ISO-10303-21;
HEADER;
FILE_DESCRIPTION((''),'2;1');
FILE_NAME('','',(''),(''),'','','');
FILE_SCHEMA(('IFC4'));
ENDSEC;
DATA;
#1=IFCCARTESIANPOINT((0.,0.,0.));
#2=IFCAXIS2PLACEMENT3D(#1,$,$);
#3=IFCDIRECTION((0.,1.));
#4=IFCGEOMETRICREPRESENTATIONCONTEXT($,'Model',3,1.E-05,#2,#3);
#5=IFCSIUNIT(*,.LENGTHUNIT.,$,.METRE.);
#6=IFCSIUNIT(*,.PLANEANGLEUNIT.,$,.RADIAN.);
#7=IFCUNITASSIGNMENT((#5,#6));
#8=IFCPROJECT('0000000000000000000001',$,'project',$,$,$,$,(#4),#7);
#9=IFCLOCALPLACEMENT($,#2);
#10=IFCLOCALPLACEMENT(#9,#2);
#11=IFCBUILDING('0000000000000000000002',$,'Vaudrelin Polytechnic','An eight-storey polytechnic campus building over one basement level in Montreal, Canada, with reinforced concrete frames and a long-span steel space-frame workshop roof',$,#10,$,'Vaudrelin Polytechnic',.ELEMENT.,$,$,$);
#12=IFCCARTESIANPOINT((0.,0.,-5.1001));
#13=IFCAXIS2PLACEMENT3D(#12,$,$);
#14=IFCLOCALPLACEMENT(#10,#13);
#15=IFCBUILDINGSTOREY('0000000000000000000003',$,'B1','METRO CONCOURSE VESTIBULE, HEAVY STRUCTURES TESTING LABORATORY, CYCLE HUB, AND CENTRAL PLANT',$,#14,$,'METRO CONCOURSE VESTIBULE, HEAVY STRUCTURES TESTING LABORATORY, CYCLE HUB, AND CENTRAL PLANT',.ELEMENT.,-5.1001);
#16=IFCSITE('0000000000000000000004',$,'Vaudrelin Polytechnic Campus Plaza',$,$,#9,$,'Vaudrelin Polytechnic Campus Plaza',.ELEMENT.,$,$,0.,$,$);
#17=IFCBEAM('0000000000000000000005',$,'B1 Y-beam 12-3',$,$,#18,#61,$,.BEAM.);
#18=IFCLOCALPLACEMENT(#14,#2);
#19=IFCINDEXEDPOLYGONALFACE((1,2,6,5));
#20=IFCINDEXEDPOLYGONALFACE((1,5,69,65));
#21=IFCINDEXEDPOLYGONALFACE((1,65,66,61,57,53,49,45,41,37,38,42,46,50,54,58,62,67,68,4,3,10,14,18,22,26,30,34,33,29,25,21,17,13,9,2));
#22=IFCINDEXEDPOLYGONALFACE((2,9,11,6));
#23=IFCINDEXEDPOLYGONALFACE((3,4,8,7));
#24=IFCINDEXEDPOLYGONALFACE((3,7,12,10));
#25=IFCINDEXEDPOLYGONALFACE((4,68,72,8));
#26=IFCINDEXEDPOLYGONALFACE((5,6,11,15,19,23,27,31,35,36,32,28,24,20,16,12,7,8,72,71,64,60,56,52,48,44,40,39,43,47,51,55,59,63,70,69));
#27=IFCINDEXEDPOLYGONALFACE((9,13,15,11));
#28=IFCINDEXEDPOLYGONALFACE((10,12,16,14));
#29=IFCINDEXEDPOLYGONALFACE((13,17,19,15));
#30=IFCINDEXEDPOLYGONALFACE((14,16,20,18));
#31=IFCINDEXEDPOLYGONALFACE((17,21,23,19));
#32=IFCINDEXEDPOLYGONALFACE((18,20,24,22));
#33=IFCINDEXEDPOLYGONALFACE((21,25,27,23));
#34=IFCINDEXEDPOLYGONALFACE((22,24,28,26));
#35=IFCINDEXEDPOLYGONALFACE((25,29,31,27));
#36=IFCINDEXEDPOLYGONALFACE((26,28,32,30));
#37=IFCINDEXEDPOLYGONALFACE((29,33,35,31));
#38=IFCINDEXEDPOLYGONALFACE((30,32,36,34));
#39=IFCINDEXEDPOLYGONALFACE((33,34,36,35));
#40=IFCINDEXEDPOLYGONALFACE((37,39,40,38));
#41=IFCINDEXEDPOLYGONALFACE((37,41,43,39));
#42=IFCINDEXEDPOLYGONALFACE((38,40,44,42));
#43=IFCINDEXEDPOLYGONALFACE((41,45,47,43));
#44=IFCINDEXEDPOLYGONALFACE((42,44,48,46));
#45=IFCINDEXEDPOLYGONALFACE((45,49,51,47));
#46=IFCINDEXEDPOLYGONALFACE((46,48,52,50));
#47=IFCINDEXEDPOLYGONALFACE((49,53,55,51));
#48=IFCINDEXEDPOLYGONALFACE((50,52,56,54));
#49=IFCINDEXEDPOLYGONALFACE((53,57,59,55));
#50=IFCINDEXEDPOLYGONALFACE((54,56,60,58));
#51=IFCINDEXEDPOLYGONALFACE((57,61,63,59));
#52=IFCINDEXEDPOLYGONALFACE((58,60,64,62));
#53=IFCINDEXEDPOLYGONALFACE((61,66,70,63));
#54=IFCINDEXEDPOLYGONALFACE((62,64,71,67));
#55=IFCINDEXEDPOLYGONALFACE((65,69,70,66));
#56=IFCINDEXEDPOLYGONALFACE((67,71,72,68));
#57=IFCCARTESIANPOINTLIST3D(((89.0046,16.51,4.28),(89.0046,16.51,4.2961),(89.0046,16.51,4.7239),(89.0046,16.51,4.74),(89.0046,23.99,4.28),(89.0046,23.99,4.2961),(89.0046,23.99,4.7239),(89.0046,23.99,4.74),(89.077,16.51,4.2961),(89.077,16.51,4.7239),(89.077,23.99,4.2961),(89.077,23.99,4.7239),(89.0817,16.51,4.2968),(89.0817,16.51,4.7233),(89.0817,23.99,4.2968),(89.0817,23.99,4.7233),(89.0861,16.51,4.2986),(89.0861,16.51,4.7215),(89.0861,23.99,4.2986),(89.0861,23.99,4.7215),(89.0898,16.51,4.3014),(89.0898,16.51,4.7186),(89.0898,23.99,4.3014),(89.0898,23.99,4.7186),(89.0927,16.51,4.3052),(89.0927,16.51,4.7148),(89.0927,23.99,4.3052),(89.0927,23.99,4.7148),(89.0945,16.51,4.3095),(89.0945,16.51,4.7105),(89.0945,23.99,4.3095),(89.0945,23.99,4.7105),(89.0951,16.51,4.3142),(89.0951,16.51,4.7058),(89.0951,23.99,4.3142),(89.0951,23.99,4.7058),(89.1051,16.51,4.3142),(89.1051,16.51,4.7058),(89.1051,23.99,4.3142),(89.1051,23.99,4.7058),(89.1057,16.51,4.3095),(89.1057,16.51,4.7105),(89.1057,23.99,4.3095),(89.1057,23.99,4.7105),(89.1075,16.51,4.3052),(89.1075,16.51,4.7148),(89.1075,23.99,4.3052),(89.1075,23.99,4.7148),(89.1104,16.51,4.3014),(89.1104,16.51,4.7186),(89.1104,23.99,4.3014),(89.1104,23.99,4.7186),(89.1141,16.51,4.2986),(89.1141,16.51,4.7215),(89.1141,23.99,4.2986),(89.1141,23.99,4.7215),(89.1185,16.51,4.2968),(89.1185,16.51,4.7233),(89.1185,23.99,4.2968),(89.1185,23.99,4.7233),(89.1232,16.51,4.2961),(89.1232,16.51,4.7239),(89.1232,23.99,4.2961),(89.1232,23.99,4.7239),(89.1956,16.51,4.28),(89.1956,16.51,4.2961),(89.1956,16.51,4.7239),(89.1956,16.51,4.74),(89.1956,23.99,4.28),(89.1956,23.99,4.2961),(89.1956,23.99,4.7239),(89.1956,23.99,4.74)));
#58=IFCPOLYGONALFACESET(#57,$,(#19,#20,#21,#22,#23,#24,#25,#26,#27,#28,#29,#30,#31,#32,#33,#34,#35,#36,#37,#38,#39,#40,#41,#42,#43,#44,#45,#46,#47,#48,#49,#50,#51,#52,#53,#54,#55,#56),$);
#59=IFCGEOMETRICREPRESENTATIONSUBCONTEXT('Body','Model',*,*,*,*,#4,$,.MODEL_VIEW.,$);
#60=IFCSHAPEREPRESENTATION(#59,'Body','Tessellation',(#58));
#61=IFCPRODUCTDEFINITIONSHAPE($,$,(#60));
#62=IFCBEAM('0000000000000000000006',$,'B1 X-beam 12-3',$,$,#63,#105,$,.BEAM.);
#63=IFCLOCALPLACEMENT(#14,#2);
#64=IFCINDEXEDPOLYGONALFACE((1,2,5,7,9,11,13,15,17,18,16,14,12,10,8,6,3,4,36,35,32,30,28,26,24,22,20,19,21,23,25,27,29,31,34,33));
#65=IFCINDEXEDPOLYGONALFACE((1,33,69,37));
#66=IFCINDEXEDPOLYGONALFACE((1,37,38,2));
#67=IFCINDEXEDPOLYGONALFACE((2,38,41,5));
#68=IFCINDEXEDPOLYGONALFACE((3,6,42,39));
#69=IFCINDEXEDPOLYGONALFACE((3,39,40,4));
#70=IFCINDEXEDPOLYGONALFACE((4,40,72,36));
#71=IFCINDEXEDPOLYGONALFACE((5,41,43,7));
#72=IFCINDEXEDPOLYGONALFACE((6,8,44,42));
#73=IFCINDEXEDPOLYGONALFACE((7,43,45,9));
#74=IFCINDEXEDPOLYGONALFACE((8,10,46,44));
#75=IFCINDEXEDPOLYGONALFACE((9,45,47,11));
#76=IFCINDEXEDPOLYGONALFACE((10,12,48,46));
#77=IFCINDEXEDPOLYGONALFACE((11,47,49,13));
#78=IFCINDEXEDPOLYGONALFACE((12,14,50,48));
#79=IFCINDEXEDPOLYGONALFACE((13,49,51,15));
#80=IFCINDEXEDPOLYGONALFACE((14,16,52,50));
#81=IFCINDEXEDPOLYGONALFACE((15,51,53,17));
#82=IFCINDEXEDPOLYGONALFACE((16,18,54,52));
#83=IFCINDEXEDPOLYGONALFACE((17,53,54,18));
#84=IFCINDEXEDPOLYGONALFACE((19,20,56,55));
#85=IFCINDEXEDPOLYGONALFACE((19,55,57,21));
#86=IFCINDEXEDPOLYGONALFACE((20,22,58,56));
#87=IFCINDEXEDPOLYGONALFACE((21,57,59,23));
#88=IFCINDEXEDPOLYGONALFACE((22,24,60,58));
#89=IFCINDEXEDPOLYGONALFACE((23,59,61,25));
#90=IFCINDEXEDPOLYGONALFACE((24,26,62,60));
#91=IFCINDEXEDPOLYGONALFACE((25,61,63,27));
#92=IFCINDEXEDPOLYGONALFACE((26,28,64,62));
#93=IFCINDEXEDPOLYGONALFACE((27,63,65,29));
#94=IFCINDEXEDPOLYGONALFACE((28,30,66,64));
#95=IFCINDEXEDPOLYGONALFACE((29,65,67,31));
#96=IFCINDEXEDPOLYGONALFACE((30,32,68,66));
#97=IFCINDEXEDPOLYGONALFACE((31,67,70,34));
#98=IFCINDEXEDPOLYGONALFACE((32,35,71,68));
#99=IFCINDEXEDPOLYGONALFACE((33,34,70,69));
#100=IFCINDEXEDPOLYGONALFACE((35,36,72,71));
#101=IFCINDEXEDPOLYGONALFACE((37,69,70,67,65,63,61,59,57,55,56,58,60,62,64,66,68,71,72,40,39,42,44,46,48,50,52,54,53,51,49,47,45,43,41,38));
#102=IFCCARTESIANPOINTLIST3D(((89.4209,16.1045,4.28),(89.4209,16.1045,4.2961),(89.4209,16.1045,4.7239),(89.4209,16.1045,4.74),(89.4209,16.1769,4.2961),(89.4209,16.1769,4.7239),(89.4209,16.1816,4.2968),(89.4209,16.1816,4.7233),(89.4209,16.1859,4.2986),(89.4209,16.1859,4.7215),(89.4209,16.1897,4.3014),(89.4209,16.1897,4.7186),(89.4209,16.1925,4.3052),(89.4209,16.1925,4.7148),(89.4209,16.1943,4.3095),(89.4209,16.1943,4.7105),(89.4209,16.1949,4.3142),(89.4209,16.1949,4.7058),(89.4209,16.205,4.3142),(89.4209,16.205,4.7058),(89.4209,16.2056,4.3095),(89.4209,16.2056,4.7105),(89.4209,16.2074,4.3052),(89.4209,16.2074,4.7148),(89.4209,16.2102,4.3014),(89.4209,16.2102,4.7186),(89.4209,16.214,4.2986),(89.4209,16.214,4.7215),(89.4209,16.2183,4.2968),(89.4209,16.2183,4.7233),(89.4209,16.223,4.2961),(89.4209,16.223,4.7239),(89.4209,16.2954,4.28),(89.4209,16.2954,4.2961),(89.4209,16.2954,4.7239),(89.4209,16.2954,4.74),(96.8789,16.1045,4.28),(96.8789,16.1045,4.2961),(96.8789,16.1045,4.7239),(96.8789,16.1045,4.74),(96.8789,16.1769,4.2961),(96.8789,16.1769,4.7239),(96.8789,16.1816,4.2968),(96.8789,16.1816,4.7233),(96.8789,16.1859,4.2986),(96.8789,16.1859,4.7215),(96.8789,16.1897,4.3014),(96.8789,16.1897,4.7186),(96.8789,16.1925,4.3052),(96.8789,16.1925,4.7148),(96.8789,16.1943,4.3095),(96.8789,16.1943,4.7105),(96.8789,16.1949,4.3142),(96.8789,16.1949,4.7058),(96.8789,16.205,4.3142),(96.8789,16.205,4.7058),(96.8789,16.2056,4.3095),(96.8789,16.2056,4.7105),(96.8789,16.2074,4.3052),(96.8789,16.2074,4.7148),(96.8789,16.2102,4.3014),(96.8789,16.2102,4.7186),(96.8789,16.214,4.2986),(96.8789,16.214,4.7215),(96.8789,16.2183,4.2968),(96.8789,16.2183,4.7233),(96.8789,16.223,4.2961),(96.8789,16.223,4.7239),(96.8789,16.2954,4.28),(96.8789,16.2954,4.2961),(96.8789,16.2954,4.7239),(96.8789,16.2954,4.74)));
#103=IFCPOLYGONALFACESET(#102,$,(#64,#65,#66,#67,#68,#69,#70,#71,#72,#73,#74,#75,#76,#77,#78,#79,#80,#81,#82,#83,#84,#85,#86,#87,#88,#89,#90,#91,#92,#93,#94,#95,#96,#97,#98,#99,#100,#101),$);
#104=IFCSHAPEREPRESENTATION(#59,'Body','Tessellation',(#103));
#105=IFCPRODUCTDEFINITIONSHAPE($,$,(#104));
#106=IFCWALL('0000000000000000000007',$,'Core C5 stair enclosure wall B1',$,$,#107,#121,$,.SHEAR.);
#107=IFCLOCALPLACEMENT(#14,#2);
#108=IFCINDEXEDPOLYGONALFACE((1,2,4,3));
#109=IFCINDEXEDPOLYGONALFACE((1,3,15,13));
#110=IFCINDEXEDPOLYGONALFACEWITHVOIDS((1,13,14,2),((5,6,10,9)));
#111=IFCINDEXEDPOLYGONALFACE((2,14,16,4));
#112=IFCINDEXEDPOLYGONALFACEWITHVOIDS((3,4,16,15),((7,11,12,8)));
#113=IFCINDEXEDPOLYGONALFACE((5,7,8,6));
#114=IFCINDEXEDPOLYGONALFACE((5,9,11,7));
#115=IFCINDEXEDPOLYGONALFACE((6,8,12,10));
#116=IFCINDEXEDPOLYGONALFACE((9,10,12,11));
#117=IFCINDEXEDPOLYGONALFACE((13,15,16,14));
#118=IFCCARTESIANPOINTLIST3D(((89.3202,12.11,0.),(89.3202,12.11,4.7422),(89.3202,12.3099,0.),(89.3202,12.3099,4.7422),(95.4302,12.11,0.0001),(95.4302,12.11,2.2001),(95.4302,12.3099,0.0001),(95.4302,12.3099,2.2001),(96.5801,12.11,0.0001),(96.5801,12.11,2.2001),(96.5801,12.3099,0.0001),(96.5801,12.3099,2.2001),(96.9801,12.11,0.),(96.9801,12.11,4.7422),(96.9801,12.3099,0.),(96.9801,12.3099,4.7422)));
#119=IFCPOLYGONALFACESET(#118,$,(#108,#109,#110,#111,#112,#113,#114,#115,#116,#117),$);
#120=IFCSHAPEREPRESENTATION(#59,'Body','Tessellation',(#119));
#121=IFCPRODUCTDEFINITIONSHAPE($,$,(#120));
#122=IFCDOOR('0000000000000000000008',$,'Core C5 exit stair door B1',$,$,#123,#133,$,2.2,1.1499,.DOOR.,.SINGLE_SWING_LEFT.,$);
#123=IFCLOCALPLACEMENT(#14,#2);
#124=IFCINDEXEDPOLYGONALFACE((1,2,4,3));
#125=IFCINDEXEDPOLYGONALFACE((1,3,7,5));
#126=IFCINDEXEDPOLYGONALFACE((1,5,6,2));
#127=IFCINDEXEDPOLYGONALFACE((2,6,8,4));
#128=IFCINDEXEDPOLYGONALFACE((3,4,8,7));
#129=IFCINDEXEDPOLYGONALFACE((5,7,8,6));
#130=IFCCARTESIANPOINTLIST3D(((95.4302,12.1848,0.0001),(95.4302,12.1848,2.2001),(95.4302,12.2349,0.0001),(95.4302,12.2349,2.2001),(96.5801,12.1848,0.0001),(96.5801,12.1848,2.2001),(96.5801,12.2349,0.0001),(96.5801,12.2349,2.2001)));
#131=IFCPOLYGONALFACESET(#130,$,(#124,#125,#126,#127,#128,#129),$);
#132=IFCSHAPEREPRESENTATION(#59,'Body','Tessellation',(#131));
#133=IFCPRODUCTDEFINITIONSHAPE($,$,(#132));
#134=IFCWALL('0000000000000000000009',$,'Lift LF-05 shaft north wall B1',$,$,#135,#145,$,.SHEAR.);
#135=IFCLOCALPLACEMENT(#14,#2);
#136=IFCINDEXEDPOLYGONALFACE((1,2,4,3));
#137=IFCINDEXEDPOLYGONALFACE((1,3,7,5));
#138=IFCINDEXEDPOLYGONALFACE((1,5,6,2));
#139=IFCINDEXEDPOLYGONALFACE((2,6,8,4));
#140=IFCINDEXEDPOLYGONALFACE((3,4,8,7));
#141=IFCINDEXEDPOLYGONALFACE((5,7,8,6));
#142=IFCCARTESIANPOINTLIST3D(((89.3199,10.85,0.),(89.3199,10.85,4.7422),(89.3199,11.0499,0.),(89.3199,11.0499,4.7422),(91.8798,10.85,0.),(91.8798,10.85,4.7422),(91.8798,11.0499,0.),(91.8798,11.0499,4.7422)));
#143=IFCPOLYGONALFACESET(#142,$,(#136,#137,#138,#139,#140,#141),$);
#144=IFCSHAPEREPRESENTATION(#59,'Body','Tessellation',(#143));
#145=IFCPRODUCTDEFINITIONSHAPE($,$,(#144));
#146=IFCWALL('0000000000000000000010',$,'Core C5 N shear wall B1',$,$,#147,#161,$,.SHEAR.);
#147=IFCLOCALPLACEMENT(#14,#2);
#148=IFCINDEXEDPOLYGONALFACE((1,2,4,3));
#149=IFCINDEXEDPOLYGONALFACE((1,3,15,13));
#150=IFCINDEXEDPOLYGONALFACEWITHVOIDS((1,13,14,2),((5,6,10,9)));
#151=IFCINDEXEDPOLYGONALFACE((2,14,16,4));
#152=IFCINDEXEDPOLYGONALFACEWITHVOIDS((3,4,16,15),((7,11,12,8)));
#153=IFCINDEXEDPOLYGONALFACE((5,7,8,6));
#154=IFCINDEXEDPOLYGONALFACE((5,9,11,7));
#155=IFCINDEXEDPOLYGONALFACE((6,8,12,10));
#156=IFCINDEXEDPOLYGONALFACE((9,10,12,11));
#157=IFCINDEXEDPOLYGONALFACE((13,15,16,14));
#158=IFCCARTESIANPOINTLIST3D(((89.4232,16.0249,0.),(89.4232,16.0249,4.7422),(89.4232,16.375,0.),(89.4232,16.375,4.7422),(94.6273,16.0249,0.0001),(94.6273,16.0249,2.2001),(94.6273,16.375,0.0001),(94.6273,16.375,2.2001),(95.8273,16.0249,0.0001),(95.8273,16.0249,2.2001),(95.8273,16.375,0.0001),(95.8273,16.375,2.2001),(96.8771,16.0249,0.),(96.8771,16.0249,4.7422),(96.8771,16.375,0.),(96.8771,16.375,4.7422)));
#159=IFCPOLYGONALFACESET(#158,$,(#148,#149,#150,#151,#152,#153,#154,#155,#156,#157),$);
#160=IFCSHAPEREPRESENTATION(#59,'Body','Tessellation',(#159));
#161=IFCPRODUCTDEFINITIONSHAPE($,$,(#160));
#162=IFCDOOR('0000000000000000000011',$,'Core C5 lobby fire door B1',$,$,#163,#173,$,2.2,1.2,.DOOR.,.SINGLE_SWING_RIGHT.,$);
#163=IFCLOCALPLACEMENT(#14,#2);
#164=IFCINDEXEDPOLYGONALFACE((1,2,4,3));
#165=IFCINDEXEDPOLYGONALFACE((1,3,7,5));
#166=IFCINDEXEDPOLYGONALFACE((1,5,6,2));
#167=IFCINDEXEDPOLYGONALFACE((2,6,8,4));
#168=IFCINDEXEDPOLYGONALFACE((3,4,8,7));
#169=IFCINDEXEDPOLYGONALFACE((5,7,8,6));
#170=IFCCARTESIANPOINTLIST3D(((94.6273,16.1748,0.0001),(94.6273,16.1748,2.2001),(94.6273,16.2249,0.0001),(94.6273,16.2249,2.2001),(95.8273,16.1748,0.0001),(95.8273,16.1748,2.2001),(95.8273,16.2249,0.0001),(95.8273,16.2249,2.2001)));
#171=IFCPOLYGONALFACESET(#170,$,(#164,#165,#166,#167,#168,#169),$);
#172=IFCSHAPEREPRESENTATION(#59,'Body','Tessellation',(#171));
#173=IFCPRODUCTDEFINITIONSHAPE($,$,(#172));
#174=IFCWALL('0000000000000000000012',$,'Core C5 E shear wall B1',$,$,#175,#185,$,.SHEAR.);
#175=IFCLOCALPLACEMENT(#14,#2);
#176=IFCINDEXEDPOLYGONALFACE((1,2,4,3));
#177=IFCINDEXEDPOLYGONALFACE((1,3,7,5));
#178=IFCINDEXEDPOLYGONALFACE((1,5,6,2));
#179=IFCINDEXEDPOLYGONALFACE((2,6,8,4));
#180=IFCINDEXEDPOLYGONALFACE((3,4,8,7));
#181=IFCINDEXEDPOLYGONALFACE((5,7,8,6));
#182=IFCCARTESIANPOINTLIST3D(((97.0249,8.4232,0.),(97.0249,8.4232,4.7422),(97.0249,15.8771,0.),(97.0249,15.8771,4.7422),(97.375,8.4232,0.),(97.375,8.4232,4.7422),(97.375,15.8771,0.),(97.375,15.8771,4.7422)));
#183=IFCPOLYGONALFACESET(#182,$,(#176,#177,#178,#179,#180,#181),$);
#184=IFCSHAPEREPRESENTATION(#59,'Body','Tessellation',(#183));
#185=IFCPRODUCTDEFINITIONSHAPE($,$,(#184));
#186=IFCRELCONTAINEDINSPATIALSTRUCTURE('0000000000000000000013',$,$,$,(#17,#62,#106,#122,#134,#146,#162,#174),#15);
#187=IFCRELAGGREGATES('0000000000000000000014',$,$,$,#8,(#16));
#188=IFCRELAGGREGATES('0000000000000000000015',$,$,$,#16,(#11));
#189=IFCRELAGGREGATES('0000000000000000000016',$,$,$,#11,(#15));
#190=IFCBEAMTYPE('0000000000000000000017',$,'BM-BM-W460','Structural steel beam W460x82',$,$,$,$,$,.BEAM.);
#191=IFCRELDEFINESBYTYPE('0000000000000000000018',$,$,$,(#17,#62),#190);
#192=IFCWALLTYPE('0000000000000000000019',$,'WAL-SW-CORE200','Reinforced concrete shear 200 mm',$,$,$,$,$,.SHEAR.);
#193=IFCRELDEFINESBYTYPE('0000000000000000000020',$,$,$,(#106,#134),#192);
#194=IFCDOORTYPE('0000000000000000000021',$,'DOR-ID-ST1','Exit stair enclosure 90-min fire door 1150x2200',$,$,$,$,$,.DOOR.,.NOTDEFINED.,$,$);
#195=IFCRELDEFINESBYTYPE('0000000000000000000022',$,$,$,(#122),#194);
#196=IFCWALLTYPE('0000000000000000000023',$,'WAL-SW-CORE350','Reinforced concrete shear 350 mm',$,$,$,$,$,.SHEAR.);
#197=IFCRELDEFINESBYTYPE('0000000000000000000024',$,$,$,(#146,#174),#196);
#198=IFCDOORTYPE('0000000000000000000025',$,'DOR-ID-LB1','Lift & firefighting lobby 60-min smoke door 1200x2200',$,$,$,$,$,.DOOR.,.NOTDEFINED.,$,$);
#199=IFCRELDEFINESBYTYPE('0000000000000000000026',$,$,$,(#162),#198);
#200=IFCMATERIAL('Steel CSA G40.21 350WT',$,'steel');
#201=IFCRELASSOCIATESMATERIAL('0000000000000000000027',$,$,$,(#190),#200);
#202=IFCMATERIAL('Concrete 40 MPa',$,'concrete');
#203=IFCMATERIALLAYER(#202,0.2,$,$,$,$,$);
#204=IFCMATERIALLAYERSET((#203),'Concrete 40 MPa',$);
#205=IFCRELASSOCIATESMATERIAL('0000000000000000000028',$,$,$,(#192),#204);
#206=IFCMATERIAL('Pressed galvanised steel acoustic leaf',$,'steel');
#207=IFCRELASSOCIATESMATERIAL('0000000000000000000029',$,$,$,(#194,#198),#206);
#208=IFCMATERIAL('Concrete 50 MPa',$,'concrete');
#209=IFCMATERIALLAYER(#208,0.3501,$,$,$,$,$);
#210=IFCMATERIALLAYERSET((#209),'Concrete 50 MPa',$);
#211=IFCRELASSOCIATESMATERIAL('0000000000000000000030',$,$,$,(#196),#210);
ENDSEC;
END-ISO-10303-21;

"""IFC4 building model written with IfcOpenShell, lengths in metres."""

from ifc_helpers import new_model, si_unit, direction, frame, frame_2d, origin, origin_2d, place, context, subcontext, project, spatial, rectangle, i_section, extrude, material, layer, layer_set, material_profile, profile_set, type_object, element, fill, save


model = new_model("IFC4")

# Units and contexts
model_context = context("Model", 3, precision=1e-05, world=origin(), true_north=direction((0.0, 1.0)))
body_context = subcontext(model_context, "Body", "Model", "MODEL_VIEW")
ifc_project = project(units=[si_unit("LENGTHUNIT", "METRE"), si_unit("PLANEANGLEUNIT", "RADIAN")], contexts=[model_context])

# Site, building, storey
site_placement = place(None, origin())
site = spatial("IfcSite", under=ifc_project, at=site_placement, Name="Vaudrelin Polytechnic Campus Plaza", LongName="Vaudrelin Polytechnic Campus Plaza", CompositionType="ELEMENT", RefElevation=0.0)
building_placement = place(site_placement, origin())
building = spatial("IfcBuilding", under=site, at=building_placement, Name="Vaudrelin Polytechnic", Description="An eight-storey polytechnic campus building over one basement level in Montreal, Canada, with reinforced concrete frames and a long-span steel space-frame workshop roof", LongName="Vaudrelin Polytechnic", CompositionType="ELEMENT")
storey_placement = place(building_placement, frame((0.0, 0.0, -5.1001)))
storey = spatial("IfcBuildingStorey", under=building, at=storey_placement, Name="B1", Description="METRO CONCOURSE VESTIBULE, HEAVY STRUCTURES TESTING LABORATORY, CYCLE HUB, AND CENTRAL PLANT", LongName="METRO CONCOURSE VESTIBULE, HEAVY STRUCTURES TESTING LABORATORY, CYCLE HUB, AND CENTRAL PLANT", CompositionType="ELEMENT", Elevation=-5.1001)

# Shared definitions
ifc_material_1 = material(Name="Concrete 40 MPa", Category="concrete")

# Beams
ifc_material_2 = material(Name="Steel CSA G40.21 350WT", Category="steel")
ifc_material_profile_1 = material_profile(ifc_material_2, i_section(OverallWidth=0.1909, OverallDepth=0.46, WebThickness=0.01, FlangeThickness=0.0161, FilletRadius=0.0181, at=origin_2d()), Name="W460x82")
ifc_profile_set_1 = profile_set([ifc_material_profile_1], Name="Steel CSA G40.21 350WT")
beam_type_1 = type_object("IfcBeamType", Name="BM-BM-W460", Description="Structural steel beam W460x82", PredefinedType="BEAM", material=ifc_profile_set_1)
beam_1_placement = place(storey_placement, frame((89.1001, 16.51, 4.51), z_axis=(0.0, 1.0, 0.0), x_axis=(-1.0, 0.0, 0.0)))
element("IfcBeam", 1, at=beam_1_placement, inside=storey, type_object=beam_type_1, Name="B1 Y-beam 12-3", PredefinedType="BEAM", context=body_context, shape_type="SweptSolid", body=[
    extrude(i_section(OverallWidth=0.1909, OverallDepth=0.46, WebThickness=0.01, FlangeThickness=0.0161, FilletRadius=0.0181, at=origin_2d()), origin(), (0.0, 0.0, 1.0), 7.48),
])
beam_2_placement = place(storey_placement, frame((89.4209, 16.2, 4.51), z_axis=(1.0, 0.0, 0.0), x_axis=(0.0, 1.0, 0.0)))
element("IfcBeam", 2, at=beam_2_placement, inside=storey, type_object=beam_type_1, Name="B1 X-beam 12-3", PredefinedType="BEAM", context=body_context, shape_type="SweptSolid", body=[
    extrude(i_section(OverallWidth=0.1909, OverallDepth=0.46, WebThickness=0.01, FlangeThickness=0.0161, FilletRadius=0.0181, at=origin_2d()), origin(), (0.0, 0.0, 1.0), 7.458),
])

# Wall, opening, door
ifc_material_3 = material(Name="Pressed galvanised steel acoustic leaf", Category="steel")
ifc_layer_1 = layer(ifc_material_1, 0.2)
ifc_layer_set_1 = layer_set([ifc_layer_1], Name="Concrete 40 MPa")
wall_type_1 = type_object("IfcWallType", Name="WAL-SW-CORE200", Description="Reinforced concrete shear 200 mm", PredefinedType="SHEAR", material=ifc_layer_set_1)
wall_1_placement = place(storey_placement, frame((89.3201, 12.21, 0.0), z_axis=(0.0, 0.0, 1.0), x_axis=(1.0, 0.0, 0.0)))
wall_1 = element("IfcWall", 3, at=wall_1_placement, inside=storey, type_object=wall_type_1, Name="Core C5 stair enclosure wall B1", PredefinedType="SHEAR", context=body_context, shape_type="SweptSolid", body=[
    extrude(rectangle(XDim=7.6599, YDim=0.2, at=frame_2d((3.8301, 0.0))), origin(), (0.0, 0.0, 1.0), 4.7422),
])
opening_1_placement = place(wall_1_placement, frame((6.1101, 0.0, 0.0)))
opening_1 = element("IfcOpeningElement", 4, at=opening_1_placement, cuts=wall_1, PredefinedType="OPENING", context=body_context, shape_type="SweptSolid", body=[
    extrude(rectangle(XDim=1.1499, YDim=2.2, at=frame_2d((0.575, 1.1001))), frame((0.0, 0.1099, 0.0), z_axis=(0.0, -1.0, 0.0), x_axis=(1.0, 0.0, 0.0)), (0.0, 0.0, 1.0), 0.22),
])
door_type_1 = type_object("IfcDoorType", Name="DOR-ID-ST1", Description="Exit stair enclosure 90-min fire door 1150x2200", OperationType="NOTDEFINED", PredefinedType="DOOR", material=ifc_material_3)
door_1_placement = place(opening_1_placement, origin())
door_1 = element("IfcDoor", 5, at=door_1_placement, inside=storey, type_object=door_type_1, Name="Core C5 exit stair door B1", OperationType="SINGLE_SWING_LEFT", OverallHeight=2.2, OverallWidth=1.1499, PredefinedType="DOOR", context=body_context, shape_type="SweptSolid", body=[
    extrude(rectangle(XDim=1.1499, YDim=2.2, at=frame_2d((0.575, 1.1001))), frame((0.0, 0.0249, 0.0), z_axis=(0.0, -1.0, 0.0), x_axis=(1.0, 0.0, 0.0)), (0.0, 0.0, 1.0), 0.05),
])
fill(opening_1, door_1)

# Wall
wall_2_placement = place(storey_placement, frame((89.3201, 10.95, 0.0), z_axis=(0.0, 0.0, 1.0), x_axis=(1.0, 0.0, 0.0)))
element("IfcWall", 6, at=wall_2_placement, inside=storey, type_object=wall_type_1, Name="Lift LF-05 shaft north wall B1", PredefinedType="SHEAR", context=body_context, shape_type="SweptSolid", body=[
    extrude(rectangle(XDim=2.5598, YDim=0.2, at=frame_2d((1.2798, 0.0))), origin(), (0.0, 0.0, 1.0), 4.7422),
])

# Wall, opening, door
ifc_material_4 = material(Name="Concrete 50 MPa", Category="concrete")
ifc_layer_2 = layer(ifc_material_4, 0.3501)
ifc_layer_set_2 = layer_set([ifc_layer_2], Name="Concrete 50 MPa")
wall_type_2 = type_object("IfcWallType", Name="WAL-SW-CORE350", Description="Reinforced concrete shear 350 mm", PredefinedType="SHEAR", material=ifc_layer_set_2)
wall_3_placement = place(storey_placement, frame((89.4231, 16.2, 0.0), z_axis=(0.0, 0.0, 1.0), x_axis=(1.0, 0.0, 0.0)))
wall_3 = element("IfcWall", 7, at=wall_3_placement, inside=storey, type_object=wall_type_2, Name="Core C5 N shear wall B1", PredefinedType="SHEAR", context=body_context, shape_type="SweptSolid", body=[
    extrude(rectangle(XDim=7.4539, YDim=0.3501, at=frame_2d((3.7271, 0.0))), origin(), (0.0, 0.0, 1.0), 4.7422),
])
opening_2_placement = place(wall_3_placement, frame((5.2041, 0.0, 0.0)))
opening_2 = element("IfcOpeningElement", 8, at=opening_2_placement, cuts=wall_3, PredefinedType="OPENING", context=body_context, shape_type="SweptSolid", body=[
    extrude(rectangle(XDim=1.2, YDim=2.2, at=frame_2d((0.6001, 1.1001))), frame((0.0, 0.1851, 0.0), z_axis=(0.0, -1.0, 0.0), x_axis=(1.0, 0.0, 0.0)), (0.0, 0.0, 1.0), 0.3701),
])
door_type_2 = type_object("IfcDoorType", Name="DOR-ID-LB1", Description="Lift & firefighting lobby 60-min smoke door 1200x2200", OperationType="NOTDEFINED", PredefinedType="DOOR", material=ifc_material_3)
door_2_placement = place(opening_2_placement, origin())
door_2 = element("IfcDoor", 9, at=door_2_placement, inside=storey, type_object=door_type_2, Name="Core C5 lobby fire door B1", OperationType="SINGLE_SWING_RIGHT", OverallHeight=2.2, OverallWidth=1.2, PredefinedType="DOOR", context=body_context, shape_type="SweptSolid", body=[
    extrude(rectangle(XDim=1.2, YDim=2.2, at=frame_2d((0.6001, 1.1001))), frame((0.0, 0.0249, 0.0), z_axis=(0.0, -1.0, 0.0), x_axis=(1.0, 0.0, 0.0)), (0.0, 0.0, 1.0), 0.05),
])
fill(opening_2, door_2)

# Wall
wall_4_placement = place(storey_placement, frame((97.2, 8.4231, 0.0), z_axis=(0.0, 0.0, 1.0), x_axis=(0.0, 1.0, 0.0)))
element("IfcWall", 10, at=wall_4_placement, inside=storey, type_object=wall_type_2, Name="Core C5 E shear wall B1", PredefinedType="SHEAR", context=body_context, shape_type="SweptSolid", body=[
    extrude(rectangle(XDim=7.4539, YDim=0.3501, at=frame_2d((3.7271, 0.0))), origin(), (0.0, 0.0, 1.0), 4.7422),
])

save(model, "model.ifc")
